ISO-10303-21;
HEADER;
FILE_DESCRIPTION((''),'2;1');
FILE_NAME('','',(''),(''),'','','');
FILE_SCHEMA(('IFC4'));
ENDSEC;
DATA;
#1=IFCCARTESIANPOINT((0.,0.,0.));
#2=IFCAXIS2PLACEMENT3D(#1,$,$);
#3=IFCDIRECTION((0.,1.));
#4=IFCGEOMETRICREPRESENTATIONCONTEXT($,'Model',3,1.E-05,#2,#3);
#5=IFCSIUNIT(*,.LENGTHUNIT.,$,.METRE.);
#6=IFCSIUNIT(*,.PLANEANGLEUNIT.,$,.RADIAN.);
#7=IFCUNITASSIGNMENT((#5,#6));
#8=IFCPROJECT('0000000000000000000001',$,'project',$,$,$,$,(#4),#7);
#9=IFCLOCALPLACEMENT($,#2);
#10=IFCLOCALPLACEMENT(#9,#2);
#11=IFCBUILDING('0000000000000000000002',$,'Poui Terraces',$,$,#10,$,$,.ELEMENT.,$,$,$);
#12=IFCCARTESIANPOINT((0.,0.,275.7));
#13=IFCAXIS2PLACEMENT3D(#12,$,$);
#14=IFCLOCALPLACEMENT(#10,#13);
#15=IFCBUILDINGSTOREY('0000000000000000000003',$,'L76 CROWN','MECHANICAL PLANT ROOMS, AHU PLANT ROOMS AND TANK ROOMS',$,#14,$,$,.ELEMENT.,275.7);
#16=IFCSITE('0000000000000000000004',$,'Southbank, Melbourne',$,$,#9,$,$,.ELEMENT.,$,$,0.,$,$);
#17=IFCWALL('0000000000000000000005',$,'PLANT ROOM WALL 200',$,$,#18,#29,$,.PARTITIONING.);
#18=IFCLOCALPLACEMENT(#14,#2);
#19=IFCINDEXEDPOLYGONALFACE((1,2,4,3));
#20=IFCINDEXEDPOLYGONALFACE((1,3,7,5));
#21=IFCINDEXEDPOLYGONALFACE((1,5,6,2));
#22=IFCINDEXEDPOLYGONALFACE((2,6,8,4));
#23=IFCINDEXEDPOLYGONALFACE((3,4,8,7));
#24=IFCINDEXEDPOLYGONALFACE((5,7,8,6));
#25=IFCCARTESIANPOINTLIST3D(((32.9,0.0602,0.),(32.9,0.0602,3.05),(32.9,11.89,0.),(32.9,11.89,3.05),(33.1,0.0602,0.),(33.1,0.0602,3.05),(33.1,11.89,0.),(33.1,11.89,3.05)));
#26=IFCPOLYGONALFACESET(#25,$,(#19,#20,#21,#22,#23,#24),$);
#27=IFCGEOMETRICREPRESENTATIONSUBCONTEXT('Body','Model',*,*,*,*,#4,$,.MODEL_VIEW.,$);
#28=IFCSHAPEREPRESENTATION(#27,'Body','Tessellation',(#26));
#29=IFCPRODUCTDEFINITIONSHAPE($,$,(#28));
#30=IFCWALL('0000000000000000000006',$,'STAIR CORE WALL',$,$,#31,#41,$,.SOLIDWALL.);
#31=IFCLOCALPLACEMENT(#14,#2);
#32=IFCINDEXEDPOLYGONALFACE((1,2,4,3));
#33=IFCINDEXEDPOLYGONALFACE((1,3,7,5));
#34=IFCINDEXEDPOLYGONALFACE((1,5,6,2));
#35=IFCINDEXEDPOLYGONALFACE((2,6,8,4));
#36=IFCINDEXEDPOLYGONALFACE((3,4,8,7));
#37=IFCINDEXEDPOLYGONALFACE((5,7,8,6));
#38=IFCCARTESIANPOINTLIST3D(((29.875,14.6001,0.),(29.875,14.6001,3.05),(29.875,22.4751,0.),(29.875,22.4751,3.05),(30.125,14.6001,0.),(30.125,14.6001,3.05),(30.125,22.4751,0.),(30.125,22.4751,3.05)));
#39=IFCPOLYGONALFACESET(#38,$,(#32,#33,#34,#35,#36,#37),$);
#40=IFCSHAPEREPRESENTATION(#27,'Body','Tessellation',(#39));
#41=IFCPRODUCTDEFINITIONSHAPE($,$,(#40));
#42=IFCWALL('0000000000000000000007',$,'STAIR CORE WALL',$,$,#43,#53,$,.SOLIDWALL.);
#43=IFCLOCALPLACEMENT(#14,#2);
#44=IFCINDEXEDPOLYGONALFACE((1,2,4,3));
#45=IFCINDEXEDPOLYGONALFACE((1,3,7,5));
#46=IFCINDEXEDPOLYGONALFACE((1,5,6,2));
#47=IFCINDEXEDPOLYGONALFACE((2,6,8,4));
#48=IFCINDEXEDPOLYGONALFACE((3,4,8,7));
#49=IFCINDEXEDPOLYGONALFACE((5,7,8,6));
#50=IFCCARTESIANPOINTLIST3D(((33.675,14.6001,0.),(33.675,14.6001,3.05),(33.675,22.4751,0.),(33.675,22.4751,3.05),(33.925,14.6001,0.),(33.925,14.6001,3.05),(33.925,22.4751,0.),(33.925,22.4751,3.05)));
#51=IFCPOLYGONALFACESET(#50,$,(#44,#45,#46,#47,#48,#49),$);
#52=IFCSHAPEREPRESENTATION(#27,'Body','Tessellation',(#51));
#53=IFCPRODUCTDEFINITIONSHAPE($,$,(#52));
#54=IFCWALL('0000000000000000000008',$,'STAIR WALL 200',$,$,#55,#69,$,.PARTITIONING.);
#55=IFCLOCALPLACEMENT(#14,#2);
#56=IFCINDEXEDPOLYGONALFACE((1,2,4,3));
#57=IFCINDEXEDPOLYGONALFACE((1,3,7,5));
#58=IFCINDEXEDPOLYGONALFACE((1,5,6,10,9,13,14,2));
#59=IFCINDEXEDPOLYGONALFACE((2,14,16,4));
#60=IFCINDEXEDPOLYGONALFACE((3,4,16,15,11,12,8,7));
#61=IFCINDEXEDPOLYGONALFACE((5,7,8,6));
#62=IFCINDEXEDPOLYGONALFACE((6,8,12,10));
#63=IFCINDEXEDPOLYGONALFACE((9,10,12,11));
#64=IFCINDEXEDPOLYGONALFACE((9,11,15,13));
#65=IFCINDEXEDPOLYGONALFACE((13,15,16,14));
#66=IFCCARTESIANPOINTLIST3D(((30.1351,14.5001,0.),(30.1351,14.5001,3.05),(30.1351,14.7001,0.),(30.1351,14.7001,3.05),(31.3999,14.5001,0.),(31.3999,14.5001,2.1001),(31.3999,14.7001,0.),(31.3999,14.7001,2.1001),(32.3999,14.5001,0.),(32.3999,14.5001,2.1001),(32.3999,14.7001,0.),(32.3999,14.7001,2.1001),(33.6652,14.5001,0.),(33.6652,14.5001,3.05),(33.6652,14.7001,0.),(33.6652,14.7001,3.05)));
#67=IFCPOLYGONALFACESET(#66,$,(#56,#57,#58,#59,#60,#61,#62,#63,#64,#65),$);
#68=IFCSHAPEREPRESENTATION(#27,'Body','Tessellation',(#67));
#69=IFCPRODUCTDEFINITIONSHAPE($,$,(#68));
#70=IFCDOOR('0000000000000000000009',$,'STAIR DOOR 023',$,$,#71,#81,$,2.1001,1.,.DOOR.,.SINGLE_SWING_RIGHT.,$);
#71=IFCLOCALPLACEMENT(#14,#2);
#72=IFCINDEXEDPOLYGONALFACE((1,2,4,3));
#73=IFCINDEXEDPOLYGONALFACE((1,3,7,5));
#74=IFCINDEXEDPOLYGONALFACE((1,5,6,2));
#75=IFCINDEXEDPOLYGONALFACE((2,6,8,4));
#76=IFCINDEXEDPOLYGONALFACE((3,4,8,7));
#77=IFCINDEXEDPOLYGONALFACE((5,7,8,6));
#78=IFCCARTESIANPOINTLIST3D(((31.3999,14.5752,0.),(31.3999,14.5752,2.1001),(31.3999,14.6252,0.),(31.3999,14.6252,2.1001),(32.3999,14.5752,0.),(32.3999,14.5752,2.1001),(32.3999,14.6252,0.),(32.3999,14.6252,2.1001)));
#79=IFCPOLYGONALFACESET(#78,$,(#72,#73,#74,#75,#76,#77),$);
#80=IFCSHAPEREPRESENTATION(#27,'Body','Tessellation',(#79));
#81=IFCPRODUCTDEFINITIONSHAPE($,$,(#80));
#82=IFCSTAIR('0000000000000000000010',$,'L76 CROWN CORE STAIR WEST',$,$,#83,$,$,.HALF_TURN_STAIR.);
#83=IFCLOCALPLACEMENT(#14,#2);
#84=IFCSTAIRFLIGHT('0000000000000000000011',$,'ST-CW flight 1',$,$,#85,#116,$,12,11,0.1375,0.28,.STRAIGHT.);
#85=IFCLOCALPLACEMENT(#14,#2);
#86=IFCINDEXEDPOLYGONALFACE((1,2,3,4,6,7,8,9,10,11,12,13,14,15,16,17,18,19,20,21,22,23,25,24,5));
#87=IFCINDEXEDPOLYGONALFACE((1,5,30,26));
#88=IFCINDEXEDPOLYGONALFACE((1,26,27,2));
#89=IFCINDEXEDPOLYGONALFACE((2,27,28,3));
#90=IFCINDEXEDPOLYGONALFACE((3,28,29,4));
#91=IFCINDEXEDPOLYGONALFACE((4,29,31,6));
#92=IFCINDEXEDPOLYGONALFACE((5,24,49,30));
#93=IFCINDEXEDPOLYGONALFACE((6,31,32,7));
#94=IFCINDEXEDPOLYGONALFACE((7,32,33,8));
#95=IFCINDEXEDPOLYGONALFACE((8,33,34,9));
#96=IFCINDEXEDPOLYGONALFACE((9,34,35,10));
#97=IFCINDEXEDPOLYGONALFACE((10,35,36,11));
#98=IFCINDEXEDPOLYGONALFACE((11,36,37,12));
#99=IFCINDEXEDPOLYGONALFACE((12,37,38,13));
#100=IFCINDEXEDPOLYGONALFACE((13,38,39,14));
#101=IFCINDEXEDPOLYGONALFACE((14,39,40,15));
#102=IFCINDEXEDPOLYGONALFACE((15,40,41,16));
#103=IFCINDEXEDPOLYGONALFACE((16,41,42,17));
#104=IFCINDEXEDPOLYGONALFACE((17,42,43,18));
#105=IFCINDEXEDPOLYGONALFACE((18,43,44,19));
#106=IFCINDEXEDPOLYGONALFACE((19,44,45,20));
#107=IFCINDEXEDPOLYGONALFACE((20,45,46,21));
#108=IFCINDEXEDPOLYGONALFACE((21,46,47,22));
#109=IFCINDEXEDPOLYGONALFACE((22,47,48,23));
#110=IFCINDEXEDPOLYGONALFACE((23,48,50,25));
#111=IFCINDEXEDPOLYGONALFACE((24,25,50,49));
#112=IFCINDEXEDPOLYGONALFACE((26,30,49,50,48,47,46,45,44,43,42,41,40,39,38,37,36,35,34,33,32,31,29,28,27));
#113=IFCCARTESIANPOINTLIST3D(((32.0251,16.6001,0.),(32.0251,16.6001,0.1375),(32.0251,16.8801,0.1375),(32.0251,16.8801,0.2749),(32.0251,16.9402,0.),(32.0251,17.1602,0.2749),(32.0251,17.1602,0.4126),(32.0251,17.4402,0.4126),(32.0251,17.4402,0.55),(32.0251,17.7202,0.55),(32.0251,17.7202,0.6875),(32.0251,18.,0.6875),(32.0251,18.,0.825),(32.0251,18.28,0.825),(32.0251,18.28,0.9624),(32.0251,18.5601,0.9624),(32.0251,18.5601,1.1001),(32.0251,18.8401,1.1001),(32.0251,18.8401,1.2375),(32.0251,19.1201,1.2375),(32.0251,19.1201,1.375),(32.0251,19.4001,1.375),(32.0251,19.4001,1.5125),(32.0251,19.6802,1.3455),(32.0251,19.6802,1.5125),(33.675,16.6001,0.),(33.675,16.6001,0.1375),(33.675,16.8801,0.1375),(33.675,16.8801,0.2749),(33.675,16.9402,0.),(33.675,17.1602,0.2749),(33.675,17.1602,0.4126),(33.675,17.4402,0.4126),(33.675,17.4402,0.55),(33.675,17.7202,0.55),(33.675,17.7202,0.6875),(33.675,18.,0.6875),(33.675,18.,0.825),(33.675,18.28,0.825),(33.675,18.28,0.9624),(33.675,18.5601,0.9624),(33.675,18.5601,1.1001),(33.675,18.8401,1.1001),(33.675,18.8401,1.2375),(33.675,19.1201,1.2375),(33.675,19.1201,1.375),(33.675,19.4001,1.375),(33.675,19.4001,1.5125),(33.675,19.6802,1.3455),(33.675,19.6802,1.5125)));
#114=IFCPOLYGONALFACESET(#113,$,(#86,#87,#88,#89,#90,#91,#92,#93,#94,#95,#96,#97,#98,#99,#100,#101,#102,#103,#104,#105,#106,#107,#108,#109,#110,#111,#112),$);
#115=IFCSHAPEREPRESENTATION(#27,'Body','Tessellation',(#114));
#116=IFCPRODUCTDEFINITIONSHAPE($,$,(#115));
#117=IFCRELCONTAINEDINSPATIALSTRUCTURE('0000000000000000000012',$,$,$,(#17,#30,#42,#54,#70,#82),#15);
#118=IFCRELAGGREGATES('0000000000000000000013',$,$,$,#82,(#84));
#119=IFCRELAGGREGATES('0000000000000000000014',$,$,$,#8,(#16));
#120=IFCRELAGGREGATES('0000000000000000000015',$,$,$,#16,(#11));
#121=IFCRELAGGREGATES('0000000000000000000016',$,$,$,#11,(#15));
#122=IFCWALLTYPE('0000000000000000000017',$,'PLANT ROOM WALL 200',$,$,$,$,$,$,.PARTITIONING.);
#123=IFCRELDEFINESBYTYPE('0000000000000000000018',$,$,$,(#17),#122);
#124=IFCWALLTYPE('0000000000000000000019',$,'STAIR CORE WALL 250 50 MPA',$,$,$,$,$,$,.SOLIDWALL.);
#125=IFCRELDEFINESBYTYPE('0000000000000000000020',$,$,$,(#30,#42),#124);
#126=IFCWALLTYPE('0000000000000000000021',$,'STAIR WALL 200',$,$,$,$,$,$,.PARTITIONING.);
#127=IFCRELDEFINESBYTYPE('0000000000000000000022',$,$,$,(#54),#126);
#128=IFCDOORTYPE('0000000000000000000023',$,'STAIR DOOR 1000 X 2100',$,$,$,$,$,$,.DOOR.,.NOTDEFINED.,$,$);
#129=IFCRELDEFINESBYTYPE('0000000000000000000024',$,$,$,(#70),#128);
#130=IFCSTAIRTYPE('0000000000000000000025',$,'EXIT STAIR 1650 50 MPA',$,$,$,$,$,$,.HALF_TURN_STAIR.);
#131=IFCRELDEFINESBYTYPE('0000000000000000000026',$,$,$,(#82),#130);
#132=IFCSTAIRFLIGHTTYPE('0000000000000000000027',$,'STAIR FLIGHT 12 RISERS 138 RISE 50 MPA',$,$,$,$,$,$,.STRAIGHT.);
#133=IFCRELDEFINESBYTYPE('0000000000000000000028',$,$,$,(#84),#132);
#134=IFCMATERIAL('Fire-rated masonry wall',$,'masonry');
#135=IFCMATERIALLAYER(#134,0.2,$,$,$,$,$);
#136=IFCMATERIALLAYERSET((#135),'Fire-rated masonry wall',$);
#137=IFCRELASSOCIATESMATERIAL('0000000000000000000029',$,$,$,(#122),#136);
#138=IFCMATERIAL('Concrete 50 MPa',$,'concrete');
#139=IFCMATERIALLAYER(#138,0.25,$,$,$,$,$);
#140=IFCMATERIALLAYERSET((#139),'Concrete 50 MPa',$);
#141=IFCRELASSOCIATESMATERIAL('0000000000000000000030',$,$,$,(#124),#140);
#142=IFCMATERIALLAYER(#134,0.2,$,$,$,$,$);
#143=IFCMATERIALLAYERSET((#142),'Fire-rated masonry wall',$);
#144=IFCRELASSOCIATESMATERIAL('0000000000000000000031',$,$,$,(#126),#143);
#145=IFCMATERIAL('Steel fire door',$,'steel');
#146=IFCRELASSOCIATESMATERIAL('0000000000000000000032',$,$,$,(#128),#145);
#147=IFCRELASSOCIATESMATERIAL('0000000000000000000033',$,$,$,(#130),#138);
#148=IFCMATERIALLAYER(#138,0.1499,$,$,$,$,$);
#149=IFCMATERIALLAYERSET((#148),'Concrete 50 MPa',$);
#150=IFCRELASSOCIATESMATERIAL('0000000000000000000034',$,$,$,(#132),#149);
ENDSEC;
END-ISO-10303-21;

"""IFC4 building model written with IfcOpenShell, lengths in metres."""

from ifc_helpers import new_model, si_unit, direction, frame, frame_2d, origin, place, context, subcontext, project, spatial, polyline, rectangle, outline, extrude, material, layer, layer_set, type_object, element, fill, aggregate, save


model = new_model("IFC4")

# Units and contexts
model_context = context("Model", 3, precision=1e-05, world=origin(), true_north=direction((0.0, 1.0)))
body_context = subcontext(model_context, "Body", "Model", "MODEL_VIEW")
ifc_project = project(units=[si_unit("LENGTHUNIT", "METRE"), si_unit("PLANEANGLEUNIT", "RADIAN")], contexts=[model_context])

# Site, building, storey
site_placement = place(None, origin())
site = spatial("IfcSite", under=ifc_project, at=site_placement, Name="Southbank, Melbourne", CompositionType="ELEMENT", RefElevation=0.0)
building_placement = place(site_placement, origin())
building = spatial("IfcBuilding", under=site, at=building_placement, Name="Poui Terraces", CompositionType="ELEMENT")
storey_placement = place(building_placement, frame((0.0, 0.0, 275.7)))
storey = spatial("IfcBuildingStorey", under=building, at=storey_placement, Name="L76 CROWN", Description="MECHANICAL PLANT ROOMS, AHU PLANT ROOMS AND TANK ROOMS", CompositionType="ELEMENT", Elevation=275.7)

# Shared definitions
ifc_material_1 = material(Name="Concrete 50 MPa", Category="concrete")

# Shared definitions
ifc_material_2 = material(Name="Steel fire door", Category="steel")

# Shared definitions
ifc_material_3 = material(Name="Fire-rated masonry wall", Category="masonry")
ifc_layer_1 = layer(ifc_material_3, 0.2)
ifc_layer_set_1 = layer_set([ifc_layer_1], Name="Fire-rated masonry wall")
wall_type_1 = type_object("IfcWallType", Name="PLANT ROOM WALL 200", PredefinedType="PARTITIONING", material=ifc_layer_set_1)

# Walls
wall_1_placement = place(storey_placement, frame((33.0, 0.0601, 0.0), z_axis=(0.0, 0.0, 1.0), x_axis=(0.0, 1.0, 0.0)))
element("IfcWall", 1, at=wall_1_placement, inside=storey, type_object=wall_type_1, Name="PLANT ROOM WALL 200", PredefinedType="PARTITIONING", context=body_context, shape_type="SweptSolid", body=[
    extrude(rectangle(XDim=11.8298, YDim=0.2, at=frame_2d((5.915, 0.0))), origin(), (0.0, 0.0, 1.0), 3.05),
])
ifc_layer_2 = layer(ifc_material_1, 0.25)
ifc_layer_set_2 = layer_set([ifc_layer_2], Name="Concrete 50 MPa")
wall_type_2 = type_object("IfcWallType", Name="STAIR CORE WALL 250 50 MPA", PredefinedType="SOLIDWALL", material=ifc_layer_set_2)
for number, where, z_axis, x_axis, name in (
    (2, (30.0, 14.6001, 0.0), (0.0, 0.0, 1.0), (0.0, 1.0, 0.0), "STAIR CORE WALL"),
    (3, (33.8, 14.6001, 0.0), (0.0, 0.0, 1.0), (0.0, 1.0, 0.0), "STAIR CORE WALL"),
):
    element("IfcWall", number, at=place(storey_placement, frame(where, z_axis=z_axis, x_axis=x_axis)), inside=storey, type_object=wall_type_2, Name=name, PredefinedType="SOLIDWALL", context=body_context, shape_type="SweptSolid", body=[
        extrude(rectangle(XDim=7.875, YDim=0.25, at=frame_2d((3.9375, 0.0))), origin(), (0.0, 0.0, 1.0), 3.05),
    ])

# Wall, opening, door
ifc_layer_3 = layer(ifc_material_3, 0.2)
ifc_layer_set_3 = layer_set([ifc_layer_3], Name="Fire-rated masonry wall")
wall_type_3 = type_object("IfcWallType", Name="STAIR WALL 200", PredefinedType="PARTITIONING", material=ifc_layer_set_3)
wall_2_placement = place(storey_placement, frame((30.135, 14.6001, 0.0), z_axis=(0.0, 0.0, 1.0), x_axis=(1.0, 0.0, 0.0)))
wall_2 = element("IfcWall", 4, at=wall_2_placement, inside=storey, type_object=wall_type_3, Name="STAIR WALL 200", PredefinedType="PARTITIONING", context=body_context, shape_type="SweptSolid", body=[
    extrude(rectangle(XDim=3.53, YDim=0.2, at=frame_2d((1.7651, 0.0))), origin(), (0.0, 0.0, 1.0), 3.05),
])
opening_1_placement = place(wall_2_placement, frame((1.2649, 0.0, 0.0)))
opening_1 = element("IfcOpeningElement", 5, at=opening_1_placement, cuts=wall_2, PredefinedType="OPENING", context=body_context, shape_type="SweptSolid", body=[
    extrude(rectangle(XDim=1.0, YDim=2.1001, at=frame_2d((0.5, 1.05))), frame((0.0, 0.1099, 0.0), z_axis=(0.0, -1.0, 0.0), x_axis=(1.0, 0.0, 0.0)), (0.0, 0.0, 1.0), 0.22),
])
door_type_1 = type_object("IfcDoorType", Name="STAIR DOOR 1000 X 2100", OperationType="NOTDEFINED", PredefinedType="DOOR", material=ifc_material_2)
door_1_placement = place(opening_1_placement, frame((1.0, 0.0, 0.0), z_axis=(0.0, 0.0, 1.0), x_axis=(-1.0, 0.0, 0.0)))
door_1 = element("IfcDoor", 6, at=door_1_placement, inside=storey, type_object=door_type_1, Name="STAIR DOOR 023", OperationType="SINGLE_SWING_RIGHT", OverallHeight=2.1001, OverallWidth=1.0, PredefinedType="DOOR", context=body_context, shape_type="SweptSolid", body=[
    extrude(rectangle(XDim=1.0, YDim=2.1001, at=frame_2d((0.5, 1.05))), frame((0.0, 0.0249, 0.0), z_axis=(0.0, -1.0, 0.0), x_axis=(1.0, 0.0, 0.0)), (0.0, 0.0, 1.0), 0.05),
])
fill(opening_1, door_1)

# Stair, stair flight
stair_type = type_object("IfcStairType", Name="EXIT STAIR 1650 50 MPA", PredefinedType="HALF_TURN_STAIR", material=ifc_material_1)
stair_placement = place(storey_placement, origin())
stair = element("IfcStair", 7, at=stair_placement, inside=storey, type_object=stair_type, Name="L76 CROWN CORE STAIR WEST", PredefinedType="HALF_TURN_STAIR")
ifc_layer_4 = layer(ifc_material_1, 0.1499)
ifc_layer_set_4 = layer_set([ifc_layer_4], Name="Concrete 50 MPa")
stair_flight_type = type_object("IfcStairFlightType", Name="STAIR FLIGHT 12 RISERS 138 RISE 50 MPA", PredefinedType="STRAIGHT", material=ifc_layer_set_4)
stair_flight_placement = place(storey_placement, frame((32.8501, 16.6001, 0.0), z_axis=(0.0, 0.0, 1.0), x_axis=(0.0, 1.0, 0.0)))
stair_flight = element("IfcStairFlight", 8, at=stair_flight_placement, type_object=stair_flight_type, Name="ST-CW flight 1", NumberOfRisers=12, NumberOfTreads=11, PredefinedType="STRAIGHT", RiserHeight=0.1375, TreadLength=0.28, context=body_context, shape_type="SweptSolid", body=[
    extrude(outline(polyline([(0.0, 0.0), (0.0, 0.1375), (0.28, 0.1375), (0.28, 0.2749), (0.5601, 0.2749), (0.5601, 0.4126), (0.8401, 0.4126), (0.8401, 0.55), (1.1201, 0.55), (1.1201, 0.6875), (1.3999, 0.6875), (1.3999, 0.825), (1.6799, 0.825), (1.6799, 0.9624), (1.96, 0.9624), (1.96, 1.1001), (2.24, 1.1001), (2.24, 1.2375), (2.52, 1.2375), (2.52, 1.375), (2.8, 1.375), (2.8, 1.5125), (3.0801, 1.5125), (3.0801, 1.6499), (3.0801, 1.3455), (0.3401, 0.0), (0.0, 0.0)])), frame((0.0, 0.825, 0.0), z_axis=(0.0, -1.0, 0.0), x_axis=(1.0, 0.0, 0.0)), (0.0, 0.0, 1.0), 1.6499),
])
aggregate(stair, [stair_flight])

save(model, "model.ifc")
